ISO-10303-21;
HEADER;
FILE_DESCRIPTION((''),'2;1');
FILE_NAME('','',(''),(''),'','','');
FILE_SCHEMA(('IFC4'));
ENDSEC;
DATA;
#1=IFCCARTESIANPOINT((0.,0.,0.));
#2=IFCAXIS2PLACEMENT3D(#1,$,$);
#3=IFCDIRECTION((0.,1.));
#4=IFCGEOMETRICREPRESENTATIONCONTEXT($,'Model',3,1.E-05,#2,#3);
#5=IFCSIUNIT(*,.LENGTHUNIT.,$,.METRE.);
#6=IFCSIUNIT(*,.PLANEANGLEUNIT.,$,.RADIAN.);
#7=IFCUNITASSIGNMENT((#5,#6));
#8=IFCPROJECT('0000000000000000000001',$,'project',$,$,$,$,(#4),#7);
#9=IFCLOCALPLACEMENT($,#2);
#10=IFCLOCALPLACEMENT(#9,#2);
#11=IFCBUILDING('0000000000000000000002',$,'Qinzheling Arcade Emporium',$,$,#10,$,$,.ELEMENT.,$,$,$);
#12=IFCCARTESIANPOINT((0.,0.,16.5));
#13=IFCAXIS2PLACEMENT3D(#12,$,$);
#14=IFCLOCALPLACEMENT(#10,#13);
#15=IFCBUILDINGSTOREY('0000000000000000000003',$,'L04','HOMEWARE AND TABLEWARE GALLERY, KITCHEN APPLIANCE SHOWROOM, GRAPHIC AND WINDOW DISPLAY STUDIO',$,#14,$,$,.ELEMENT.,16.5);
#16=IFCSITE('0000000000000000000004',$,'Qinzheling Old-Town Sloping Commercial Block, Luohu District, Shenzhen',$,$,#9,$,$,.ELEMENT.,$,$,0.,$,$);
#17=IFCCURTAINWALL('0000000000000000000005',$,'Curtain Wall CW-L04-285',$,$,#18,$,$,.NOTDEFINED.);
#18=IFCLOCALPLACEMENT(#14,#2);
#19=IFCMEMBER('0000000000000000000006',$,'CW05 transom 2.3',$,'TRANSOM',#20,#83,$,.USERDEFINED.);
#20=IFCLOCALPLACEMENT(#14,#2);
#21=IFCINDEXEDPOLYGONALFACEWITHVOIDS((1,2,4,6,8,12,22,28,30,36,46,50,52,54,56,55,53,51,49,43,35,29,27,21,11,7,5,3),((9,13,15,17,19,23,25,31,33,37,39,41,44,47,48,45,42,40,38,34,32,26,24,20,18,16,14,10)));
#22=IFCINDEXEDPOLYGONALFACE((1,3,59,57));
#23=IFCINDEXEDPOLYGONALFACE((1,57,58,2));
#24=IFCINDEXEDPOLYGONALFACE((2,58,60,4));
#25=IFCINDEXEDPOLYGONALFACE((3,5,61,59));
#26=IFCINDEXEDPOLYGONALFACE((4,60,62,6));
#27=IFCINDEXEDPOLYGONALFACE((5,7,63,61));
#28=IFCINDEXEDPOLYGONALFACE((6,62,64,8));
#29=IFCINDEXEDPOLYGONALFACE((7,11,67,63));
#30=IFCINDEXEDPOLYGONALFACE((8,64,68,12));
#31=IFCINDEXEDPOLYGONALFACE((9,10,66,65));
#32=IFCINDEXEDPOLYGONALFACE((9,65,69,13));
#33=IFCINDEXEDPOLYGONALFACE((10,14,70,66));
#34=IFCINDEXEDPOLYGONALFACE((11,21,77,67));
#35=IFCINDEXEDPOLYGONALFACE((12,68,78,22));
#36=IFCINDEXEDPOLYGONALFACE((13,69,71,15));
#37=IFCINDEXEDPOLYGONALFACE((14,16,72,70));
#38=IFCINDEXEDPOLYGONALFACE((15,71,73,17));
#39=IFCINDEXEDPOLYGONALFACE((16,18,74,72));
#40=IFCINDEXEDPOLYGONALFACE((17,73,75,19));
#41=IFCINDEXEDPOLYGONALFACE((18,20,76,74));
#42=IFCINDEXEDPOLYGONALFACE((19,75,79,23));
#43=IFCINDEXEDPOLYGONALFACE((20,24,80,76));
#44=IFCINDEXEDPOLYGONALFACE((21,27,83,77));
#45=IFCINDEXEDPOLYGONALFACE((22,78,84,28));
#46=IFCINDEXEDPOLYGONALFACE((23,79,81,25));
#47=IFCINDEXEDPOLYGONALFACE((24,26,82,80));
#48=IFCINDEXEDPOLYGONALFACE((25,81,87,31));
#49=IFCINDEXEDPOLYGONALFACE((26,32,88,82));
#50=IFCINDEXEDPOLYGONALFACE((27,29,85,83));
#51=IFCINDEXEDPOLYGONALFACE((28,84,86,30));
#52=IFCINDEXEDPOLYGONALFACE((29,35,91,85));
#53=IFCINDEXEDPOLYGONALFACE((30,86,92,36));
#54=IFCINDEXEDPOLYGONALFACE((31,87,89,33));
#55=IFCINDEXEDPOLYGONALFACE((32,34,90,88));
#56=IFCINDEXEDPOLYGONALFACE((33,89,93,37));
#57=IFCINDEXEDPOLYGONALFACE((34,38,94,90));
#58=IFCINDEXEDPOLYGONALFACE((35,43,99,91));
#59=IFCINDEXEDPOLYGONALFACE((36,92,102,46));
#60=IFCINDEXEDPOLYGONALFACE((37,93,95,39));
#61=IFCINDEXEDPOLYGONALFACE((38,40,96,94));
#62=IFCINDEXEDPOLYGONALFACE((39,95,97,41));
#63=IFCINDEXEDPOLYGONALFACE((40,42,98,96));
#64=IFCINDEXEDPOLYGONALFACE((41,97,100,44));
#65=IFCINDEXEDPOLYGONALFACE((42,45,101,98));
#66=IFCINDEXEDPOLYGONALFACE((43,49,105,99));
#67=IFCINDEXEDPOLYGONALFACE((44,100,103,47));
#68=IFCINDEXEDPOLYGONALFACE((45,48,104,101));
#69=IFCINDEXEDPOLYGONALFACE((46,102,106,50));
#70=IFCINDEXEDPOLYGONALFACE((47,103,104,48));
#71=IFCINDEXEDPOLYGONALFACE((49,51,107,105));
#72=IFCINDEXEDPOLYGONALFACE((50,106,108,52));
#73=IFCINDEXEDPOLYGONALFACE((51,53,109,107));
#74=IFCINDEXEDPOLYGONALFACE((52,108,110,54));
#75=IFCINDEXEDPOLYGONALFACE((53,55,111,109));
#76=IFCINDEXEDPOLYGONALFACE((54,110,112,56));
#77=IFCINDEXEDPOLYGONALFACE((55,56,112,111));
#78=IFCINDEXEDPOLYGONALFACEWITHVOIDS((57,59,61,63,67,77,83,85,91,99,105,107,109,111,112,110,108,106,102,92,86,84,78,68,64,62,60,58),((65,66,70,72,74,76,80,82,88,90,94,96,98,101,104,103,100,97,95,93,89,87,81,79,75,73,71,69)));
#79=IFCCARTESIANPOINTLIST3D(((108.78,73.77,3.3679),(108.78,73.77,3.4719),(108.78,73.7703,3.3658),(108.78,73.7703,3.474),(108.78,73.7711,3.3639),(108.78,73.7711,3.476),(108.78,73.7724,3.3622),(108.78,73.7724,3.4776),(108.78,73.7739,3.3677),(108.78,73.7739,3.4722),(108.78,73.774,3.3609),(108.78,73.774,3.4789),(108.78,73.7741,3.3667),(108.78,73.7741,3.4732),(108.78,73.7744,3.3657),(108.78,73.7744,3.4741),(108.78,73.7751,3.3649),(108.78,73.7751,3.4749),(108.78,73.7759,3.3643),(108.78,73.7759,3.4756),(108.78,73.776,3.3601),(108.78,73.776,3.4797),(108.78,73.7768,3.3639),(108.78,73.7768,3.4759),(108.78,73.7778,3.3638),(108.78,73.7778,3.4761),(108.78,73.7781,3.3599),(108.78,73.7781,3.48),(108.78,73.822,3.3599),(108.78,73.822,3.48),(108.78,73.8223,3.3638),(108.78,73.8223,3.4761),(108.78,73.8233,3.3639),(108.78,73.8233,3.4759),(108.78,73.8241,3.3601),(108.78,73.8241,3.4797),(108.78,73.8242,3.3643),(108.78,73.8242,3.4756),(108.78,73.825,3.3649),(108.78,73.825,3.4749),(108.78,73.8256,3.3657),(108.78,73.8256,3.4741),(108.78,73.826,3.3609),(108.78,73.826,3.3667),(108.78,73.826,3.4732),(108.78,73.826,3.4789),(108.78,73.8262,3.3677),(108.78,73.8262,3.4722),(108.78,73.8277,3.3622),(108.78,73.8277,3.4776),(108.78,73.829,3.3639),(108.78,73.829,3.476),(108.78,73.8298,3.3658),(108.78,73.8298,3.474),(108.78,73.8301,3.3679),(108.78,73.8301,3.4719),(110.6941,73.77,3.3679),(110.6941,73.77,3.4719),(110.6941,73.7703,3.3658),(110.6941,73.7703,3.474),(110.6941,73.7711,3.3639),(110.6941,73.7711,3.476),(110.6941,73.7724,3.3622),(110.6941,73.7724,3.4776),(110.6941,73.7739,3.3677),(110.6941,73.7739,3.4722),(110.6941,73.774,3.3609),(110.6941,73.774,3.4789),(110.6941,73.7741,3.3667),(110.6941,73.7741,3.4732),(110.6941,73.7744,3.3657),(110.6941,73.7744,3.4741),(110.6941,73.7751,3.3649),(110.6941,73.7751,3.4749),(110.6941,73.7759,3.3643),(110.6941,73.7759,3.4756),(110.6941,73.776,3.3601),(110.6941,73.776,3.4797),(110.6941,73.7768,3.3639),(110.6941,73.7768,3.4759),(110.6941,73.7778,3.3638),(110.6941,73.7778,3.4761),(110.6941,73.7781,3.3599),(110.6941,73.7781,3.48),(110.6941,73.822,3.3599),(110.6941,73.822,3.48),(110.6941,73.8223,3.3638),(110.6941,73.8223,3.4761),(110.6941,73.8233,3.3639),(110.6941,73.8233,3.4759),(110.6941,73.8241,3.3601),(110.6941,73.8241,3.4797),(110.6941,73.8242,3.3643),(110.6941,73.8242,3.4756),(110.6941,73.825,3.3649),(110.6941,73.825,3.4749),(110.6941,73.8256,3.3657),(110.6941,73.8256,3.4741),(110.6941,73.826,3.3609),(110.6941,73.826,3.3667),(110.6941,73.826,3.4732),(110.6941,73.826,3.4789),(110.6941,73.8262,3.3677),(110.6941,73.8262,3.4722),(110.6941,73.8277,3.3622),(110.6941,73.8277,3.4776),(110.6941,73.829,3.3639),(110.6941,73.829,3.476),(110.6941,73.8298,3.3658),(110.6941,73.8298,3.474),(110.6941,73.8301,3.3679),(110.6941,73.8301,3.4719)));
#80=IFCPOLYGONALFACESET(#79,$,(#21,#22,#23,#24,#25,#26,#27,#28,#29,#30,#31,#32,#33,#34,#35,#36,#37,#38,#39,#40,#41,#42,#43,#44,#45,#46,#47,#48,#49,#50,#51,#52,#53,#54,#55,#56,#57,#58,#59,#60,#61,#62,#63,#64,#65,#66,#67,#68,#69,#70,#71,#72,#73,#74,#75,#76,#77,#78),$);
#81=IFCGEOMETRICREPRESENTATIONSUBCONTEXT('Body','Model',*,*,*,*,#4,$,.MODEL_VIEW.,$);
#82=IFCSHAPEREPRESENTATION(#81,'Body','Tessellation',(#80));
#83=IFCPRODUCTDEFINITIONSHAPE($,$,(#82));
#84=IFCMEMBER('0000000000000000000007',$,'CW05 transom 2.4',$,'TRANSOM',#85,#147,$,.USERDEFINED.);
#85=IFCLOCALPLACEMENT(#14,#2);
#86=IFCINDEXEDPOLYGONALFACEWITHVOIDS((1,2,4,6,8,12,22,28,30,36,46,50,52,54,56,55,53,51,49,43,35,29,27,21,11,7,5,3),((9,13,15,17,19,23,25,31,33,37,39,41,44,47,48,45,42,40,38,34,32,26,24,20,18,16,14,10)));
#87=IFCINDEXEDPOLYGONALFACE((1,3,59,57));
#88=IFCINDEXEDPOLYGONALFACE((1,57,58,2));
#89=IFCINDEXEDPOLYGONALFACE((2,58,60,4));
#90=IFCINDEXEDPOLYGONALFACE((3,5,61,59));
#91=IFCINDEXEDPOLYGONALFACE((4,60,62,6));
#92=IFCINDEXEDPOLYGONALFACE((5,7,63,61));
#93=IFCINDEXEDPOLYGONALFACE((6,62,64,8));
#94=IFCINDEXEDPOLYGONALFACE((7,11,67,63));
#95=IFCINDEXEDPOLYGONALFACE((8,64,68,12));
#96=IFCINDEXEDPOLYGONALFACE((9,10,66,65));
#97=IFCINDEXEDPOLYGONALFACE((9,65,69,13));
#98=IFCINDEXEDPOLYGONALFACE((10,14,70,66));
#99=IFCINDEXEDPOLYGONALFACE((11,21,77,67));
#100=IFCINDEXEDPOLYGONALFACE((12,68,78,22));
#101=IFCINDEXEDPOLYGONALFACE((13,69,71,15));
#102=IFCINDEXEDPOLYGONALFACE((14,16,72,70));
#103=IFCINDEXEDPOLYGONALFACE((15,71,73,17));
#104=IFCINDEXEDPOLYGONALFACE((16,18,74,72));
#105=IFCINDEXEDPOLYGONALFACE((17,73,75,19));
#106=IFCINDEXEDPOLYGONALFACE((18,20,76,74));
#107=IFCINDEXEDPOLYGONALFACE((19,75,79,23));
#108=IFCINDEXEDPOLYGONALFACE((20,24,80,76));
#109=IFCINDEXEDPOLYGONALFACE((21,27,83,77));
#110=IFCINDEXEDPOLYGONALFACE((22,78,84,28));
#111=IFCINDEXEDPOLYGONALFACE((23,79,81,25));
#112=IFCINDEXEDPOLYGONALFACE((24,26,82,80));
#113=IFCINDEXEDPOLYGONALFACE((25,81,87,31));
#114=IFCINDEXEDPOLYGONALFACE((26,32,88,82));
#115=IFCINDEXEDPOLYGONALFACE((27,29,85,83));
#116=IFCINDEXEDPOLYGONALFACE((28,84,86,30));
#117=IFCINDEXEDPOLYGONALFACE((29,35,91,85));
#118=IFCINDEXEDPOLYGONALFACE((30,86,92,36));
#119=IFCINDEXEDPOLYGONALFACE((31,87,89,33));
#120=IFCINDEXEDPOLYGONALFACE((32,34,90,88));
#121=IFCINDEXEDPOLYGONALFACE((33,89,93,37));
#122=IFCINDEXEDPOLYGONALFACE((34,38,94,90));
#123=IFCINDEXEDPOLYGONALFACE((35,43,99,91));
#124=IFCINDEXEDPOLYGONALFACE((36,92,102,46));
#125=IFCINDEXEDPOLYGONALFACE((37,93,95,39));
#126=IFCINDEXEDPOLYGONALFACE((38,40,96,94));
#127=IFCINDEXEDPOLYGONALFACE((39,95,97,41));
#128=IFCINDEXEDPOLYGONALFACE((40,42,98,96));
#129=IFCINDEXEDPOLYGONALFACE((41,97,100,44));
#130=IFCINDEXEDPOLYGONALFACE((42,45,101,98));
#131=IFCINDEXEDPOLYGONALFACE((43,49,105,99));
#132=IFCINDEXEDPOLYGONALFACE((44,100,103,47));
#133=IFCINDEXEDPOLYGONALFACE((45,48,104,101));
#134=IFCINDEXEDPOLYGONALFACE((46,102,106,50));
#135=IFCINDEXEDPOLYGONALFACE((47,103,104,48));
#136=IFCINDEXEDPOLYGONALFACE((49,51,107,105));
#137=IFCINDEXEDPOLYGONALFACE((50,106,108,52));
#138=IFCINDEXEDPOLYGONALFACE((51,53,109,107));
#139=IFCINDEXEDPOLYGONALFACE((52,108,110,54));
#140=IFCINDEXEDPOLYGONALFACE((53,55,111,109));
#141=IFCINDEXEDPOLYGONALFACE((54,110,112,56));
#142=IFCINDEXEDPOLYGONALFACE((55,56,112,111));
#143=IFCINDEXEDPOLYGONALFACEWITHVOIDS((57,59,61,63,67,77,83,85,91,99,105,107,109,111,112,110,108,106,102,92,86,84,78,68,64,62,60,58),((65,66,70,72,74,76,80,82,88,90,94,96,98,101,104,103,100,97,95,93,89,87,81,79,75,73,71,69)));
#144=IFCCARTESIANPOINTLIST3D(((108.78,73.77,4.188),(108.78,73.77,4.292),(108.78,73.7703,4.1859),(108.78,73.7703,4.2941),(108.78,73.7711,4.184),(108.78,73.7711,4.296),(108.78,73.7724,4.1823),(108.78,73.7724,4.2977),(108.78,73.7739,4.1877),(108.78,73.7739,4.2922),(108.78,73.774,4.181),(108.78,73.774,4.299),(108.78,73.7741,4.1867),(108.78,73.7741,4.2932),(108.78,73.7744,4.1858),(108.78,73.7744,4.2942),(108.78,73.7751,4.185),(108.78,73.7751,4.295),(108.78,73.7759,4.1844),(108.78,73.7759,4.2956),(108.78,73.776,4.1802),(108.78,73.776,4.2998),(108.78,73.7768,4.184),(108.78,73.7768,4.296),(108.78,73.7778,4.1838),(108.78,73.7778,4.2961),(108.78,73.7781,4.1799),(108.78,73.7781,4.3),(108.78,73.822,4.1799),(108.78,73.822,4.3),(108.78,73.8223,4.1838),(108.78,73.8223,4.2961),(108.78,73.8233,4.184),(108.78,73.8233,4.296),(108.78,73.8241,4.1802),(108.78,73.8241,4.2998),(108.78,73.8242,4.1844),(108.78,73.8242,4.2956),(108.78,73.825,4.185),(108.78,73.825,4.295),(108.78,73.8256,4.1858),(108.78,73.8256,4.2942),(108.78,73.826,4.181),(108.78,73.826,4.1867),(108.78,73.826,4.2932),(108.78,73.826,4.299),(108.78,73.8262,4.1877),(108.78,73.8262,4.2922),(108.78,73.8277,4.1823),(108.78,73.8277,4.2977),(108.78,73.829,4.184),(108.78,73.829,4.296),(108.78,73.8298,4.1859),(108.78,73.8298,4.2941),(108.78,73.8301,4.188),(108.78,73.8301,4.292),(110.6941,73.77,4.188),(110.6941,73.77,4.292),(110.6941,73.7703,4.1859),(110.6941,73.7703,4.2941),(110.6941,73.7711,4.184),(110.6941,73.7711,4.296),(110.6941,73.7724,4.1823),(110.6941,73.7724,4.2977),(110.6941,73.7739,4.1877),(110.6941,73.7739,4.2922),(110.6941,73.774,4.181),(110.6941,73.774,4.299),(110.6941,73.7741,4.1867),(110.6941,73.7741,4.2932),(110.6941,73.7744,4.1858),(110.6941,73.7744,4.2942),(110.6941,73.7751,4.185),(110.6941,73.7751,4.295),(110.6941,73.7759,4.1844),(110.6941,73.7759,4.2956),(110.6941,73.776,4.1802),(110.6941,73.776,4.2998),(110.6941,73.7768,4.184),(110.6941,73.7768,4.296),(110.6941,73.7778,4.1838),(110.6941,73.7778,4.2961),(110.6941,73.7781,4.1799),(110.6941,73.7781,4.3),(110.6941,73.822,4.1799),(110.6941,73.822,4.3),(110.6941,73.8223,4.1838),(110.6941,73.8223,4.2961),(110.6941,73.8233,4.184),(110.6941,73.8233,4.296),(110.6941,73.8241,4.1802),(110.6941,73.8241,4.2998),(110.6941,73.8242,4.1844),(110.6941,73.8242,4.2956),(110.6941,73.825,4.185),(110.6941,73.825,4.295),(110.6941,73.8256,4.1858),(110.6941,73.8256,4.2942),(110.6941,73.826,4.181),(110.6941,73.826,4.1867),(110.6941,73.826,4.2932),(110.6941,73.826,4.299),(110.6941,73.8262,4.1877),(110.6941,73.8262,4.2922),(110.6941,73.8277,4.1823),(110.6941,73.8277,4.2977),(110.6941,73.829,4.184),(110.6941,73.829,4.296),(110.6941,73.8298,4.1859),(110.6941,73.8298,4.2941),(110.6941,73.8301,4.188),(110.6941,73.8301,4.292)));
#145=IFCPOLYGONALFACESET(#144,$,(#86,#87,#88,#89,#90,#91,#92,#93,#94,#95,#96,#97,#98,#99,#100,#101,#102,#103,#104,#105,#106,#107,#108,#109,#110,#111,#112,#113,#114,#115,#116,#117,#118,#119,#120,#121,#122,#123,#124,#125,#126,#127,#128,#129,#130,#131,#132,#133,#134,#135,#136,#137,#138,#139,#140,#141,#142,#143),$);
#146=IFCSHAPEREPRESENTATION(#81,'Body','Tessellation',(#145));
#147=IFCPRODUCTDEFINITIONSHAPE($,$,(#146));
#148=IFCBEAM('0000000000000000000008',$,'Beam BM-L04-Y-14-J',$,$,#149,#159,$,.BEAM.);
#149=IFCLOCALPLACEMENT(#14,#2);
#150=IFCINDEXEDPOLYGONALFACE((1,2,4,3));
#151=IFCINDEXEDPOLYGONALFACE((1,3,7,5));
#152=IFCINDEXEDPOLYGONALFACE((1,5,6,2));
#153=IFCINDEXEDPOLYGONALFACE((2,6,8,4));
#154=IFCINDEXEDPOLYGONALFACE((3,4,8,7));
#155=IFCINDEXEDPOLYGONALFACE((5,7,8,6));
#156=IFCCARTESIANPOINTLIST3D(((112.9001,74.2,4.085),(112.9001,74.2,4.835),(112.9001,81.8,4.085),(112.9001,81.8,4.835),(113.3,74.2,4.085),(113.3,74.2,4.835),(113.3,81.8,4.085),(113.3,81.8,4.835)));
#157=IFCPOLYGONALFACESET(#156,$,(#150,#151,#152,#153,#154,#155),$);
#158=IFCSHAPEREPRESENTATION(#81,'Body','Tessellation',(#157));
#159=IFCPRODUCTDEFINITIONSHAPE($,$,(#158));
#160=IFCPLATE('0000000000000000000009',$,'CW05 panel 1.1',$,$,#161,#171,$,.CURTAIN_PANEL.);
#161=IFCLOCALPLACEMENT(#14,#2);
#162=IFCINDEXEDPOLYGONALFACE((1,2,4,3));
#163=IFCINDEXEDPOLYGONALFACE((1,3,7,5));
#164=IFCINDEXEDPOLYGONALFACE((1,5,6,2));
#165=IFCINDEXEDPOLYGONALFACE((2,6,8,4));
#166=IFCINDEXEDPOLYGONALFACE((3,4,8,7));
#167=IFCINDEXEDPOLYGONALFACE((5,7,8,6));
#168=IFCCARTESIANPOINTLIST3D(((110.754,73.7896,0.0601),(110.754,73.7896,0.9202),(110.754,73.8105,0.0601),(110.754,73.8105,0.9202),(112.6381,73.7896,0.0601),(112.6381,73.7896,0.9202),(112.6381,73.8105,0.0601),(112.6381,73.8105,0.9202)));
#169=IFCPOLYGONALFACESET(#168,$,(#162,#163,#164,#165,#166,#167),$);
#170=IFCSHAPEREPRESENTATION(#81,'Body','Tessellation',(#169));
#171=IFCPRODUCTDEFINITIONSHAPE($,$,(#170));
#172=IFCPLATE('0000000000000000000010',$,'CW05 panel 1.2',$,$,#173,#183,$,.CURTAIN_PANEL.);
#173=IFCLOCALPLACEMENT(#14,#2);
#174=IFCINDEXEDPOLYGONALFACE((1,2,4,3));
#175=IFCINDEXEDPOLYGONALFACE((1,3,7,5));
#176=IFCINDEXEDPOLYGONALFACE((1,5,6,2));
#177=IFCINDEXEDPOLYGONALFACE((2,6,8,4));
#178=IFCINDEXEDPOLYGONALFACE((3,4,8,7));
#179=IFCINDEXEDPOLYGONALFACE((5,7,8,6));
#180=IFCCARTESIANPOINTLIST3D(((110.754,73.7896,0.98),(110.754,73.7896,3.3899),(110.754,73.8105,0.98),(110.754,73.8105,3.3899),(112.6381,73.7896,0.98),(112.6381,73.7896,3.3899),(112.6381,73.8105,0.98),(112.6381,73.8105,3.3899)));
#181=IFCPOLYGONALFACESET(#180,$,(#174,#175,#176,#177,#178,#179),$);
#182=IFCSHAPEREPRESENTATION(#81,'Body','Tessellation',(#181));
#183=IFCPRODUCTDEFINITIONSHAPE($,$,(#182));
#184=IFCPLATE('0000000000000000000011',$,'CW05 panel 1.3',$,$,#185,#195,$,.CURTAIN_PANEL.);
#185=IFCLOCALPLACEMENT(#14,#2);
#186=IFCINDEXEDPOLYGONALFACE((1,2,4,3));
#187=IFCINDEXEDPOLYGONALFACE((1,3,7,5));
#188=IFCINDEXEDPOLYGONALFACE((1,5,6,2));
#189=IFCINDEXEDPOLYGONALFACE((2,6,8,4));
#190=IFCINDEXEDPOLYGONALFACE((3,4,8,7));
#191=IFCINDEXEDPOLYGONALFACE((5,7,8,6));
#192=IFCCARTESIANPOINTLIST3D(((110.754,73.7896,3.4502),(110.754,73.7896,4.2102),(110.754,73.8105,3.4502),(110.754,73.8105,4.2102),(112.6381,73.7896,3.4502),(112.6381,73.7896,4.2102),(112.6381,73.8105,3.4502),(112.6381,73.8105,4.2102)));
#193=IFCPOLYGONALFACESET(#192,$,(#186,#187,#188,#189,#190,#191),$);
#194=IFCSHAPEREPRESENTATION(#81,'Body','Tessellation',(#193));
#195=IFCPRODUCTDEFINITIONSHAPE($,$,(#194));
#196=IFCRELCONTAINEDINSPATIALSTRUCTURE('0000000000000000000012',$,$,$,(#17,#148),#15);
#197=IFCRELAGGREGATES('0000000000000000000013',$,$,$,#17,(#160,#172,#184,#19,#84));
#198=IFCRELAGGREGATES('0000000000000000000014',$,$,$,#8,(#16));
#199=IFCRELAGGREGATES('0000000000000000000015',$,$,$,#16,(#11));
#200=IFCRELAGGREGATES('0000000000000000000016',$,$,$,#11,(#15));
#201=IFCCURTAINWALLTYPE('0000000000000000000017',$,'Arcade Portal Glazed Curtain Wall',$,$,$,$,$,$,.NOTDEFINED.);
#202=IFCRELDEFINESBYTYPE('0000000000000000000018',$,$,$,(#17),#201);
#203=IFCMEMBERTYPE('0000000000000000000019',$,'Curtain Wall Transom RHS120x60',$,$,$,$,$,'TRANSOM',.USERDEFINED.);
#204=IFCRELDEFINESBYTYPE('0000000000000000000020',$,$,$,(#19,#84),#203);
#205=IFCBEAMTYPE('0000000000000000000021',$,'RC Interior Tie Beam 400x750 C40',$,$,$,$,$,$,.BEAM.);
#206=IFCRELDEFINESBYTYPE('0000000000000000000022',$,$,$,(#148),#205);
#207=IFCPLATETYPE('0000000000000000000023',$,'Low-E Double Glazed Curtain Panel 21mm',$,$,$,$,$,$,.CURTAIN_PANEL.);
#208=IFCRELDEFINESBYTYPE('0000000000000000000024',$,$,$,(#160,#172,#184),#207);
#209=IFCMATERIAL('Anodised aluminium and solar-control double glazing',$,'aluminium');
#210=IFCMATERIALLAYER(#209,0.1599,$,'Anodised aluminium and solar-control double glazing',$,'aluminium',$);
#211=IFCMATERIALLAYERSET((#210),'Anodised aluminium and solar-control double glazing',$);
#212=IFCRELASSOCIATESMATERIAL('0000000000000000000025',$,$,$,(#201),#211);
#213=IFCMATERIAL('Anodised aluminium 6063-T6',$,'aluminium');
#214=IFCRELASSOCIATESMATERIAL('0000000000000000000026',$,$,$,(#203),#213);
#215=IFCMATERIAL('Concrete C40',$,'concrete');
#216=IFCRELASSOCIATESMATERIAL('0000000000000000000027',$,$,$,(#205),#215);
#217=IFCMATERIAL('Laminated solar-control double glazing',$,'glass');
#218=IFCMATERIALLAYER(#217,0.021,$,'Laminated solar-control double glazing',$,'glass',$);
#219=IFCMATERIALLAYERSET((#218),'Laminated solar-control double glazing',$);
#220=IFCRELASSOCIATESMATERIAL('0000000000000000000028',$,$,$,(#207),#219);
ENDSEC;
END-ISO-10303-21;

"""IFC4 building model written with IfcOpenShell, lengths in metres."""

from ifc_helpers import new_model, si_unit, direction, frame, origin, origin_2d, place, context, subcontext, project, spatial, rectangle, hollow_rectangle, extrude, material, layer, layer_set, material_profile, profile_set, type_object, element, aggregate, save


model = new_model("IFC4")

# Units and contexts
model_context = context("Model", 3, precision=1e-05, world=origin(), true_north=direction((0.0, 1.0)))
body_context = subcontext(model_context, "Body", "Model", "MODEL_VIEW")
ifc_project = project(units=[si_unit("LENGTHUNIT", "METRE"), si_unit("PLANEANGLEUNIT", "RADIAN")], contexts=[model_context])

# Site, building, storey
site_placement = place(None, origin())
site = spatial("IfcSite", under=ifc_project, at=site_placement, Name="Qinzheling Old-Town Sloping Commercial Block, Luohu District, Shenzhen", CompositionType="ELEMENT", RefElevation=0.0)
building_placement = place(site_placement, origin())
building = spatial("IfcBuilding", under=site, at=building_placement, Name="Qinzheling Arcade Emporium", CompositionType="ELEMENT")
storey_placement = place(building_placement, frame((0.0, 0.0, 16.5)))
storey = spatial("IfcBuildingStorey", under=building, at=storey_placement, Name="L04", Description="HOMEWARE AND TABLEWARE GALLERY, KITCHEN APPLIANCE SHOWROOM, GRAPHIC AND WINDOW DISPLAY STUDIO", CompositionType="ELEMENT", Elevation=16.5)

# Shared definitions
ifc_material_1 = material(Name="Concrete C40", Category="concrete")

# Curtain wall, members
ifc_material_2 = material(Name="Anodised aluminium and solar-control double glazing", Category="aluminium")
ifc_layer_1 = layer(ifc_material_2, 0.1599, Name="Anodised aluminium and solar-control double glazing", Category="aluminium")
ifc_layer_set_1 = layer_set([ifc_layer_1], Name="Anodised aluminium and solar-control double glazing")
curtain_wall_type = type_object("IfcCurtainWallType", Name="Arcade Portal Glazed Curtain Wall", PredefinedType="NOTDEFINED", material=ifc_layer_set_1)
curtain_wall_placement = place(storey_placement, origin())
curtain_wall = element("IfcCurtainWall", 1, at=curtain_wall_placement, inside=storey, type_object=curtain_wall_type, Name="Curtain Wall CW-L04-285", PredefinedType="NOTDEFINED")
ifc_material_3 = material(Name="Anodised aluminium 6063-T6", Category="aluminium")
ifc_material_profile_1 = material_profile(ifc_material_3, hollow_rectangle(XDim=0.0601, YDim=0.1201, WallThickness=0.0039, InnerFilletRadius=0.0039, OuterFilletRadius=0.0081, at=origin_2d()), Name="RHS 120x60x4", Category="aluminium")
ifc_profile_set_1 = profile_set([ifc_material_profile_1], Name="Anodised aluminium 6063-T6")
member_type_1 = type_object("IfcMemberType", Name="Curtain Wall Transom RHS120x60", ElementType="TRANSOM", PredefinedType="USERDEFINED", material=ifc_profile_set_1)
member_1_placement = place(storey_placement, frame((110.6941, 73.8, 3.4199), z_axis=(-1.0, 0.0, 0.0), x_axis=(0.0, -1.0, 0.0)))
member_1 = element("IfcMember", 2, at=member_1_placement, type_object=member_type_1, Name="CW05 transom 2.3", ObjectType="TRANSOM", PredefinedType="USERDEFINED", context=body_context, shape_type="SweptSolid", body=[
    extrude(hollow_rectangle(XDim=0.0601, YDim=0.1201, WallThickness=0.0039, InnerFilletRadius=0.0039, OuterFilletRadius=0.0081, at=origin_2d()), origin(), (0.0, 0.0, 1.0), 1.9141),
])
member_2_placement = place(storey_placement, frame((110.6941, 73.8, 4.24), z_axis=(-1.0, 0.0, 0.0), x_axis=(0.0, -1.0, 0.0)))
member_2 = element("IfcMember", 3, at=member_2_placement, type_object=member_type_1, Name="CW05 transom 2.4", ObjectType="TRANSOM", PredefinedType="USERDEFINED", context=body_context, shape_type="SweptSolid", body=[
    extrude(hollow_rectangle(XDim=0.0601, YDim=0.1201, WallThickness=0.0039, InnerFilletRadius=0.0039, OuterFilletRadius=0.0081, at=origin_2d()), origin(), (0.0, 0.0, 1.0), 1.9141),
])

# Beam
ifc_material_profile_2 = material_profile(ifc_material_1, rectangle(XDim=0.3999, YDim=0.75, at=origin_2d()), Name="RC 400x750", Category="concrete")
ifc_profile_set_2 = profile_set([ifc_material_profile_2], Name="Concrete C40")
beam_type = type_object("IfcBeamType", Name="RC Interior Tie Beam 400x750 C40", PredefinedType="BEAM", material=ifc_profile_set_2)
beam_placement = place(storey_placement, frame((113.1001, 74.2, 4.46), z_axis=(0.0, 1.0, 0.0), x_axis=(-1.0, 0.0, 0.0)))
element("IfcBeam", 4, at=beam_placement, inside=storey, type_object=beam_type, Name="Beam BM-L04-Y-14-J", PredefinedType="BEAM", context=body_context, shape_type="SweptSolid", body=[
    extrude(rectangle(XDim=0.3999, YDim=0.75, at=origin_2d()), origin(), (0.0, 0.0, 1.0), 7.6001),
])

# Plates
ifc_material_4 = material(Name="Laminated solar-control double glazing", Category="glass")
ifc_layer_2 = layer(ifc_material_4, 0.021, Name="Laminated solar-control double glazing", Category="glass")
ifc_layer_set_2 = layer_set([ifc_layer_2], Name="Laminated solar-control double glazing")
plate_type = type_object("IfcPlateType", Name="Low-E Double Glazed Curtain Panel 21mm", PredefinedType="CURTAIN_PANEL", material=ifc_layer_set_2)
plate_1_placement = place(storey_placement, frame((111.696, 73.8, 0.0601), z_axis=(0.0, 0.0, 1.0), x_axis=(-1.0, 0.0, 0.0)))
plate_1 = element("IfcPlate", 5, at=plate_1_placement, type_object=plate_type, Name="CW05 panel 1.1", PredefinedType="CURTAIN_PANEL", context=body_context, shape_type="SweptSolid", body=[
    extrude(rectangle(XDim=1.884, YDim=0.021, at=origin_2d()), origin(), (0.0, 0.0, 1.0), 0.8601),
])
plate_2_placement = place(storey_placement, frame((111.696, 73.8, 0.98), z_axis=(0.0, 0.0, 1.0), x_axis=(-1.0, 0.0, 0.0)))
plate_2 = element("IfcPlate", 6, at=plate_2_placement, type_object=plate_type, Name="CW05 panel 1.2", PredefinedType="CURTAIN_PANEL", context=body_context, shape_type="SweptSolid", body=[
    extrude(rectangle(XDim=1.884, YDim=0.021, at=origin_2d()), origin(), (0.0, 0.0, 1.0), 2.4099),
])
plate_3_placement = place(storey_placement, frame((111.696, 73.8, 3.4502), z_axis=(0.0, 0.0, 1.0), x_axis=(-1.0, 0.0, 0.0)))
plate_3 = element("IfcPlate", 7, at=plate_3_placement, type_object=plate_type, Name="CW05 panel 1.3", PredefinedType="CURTAIN_PANEL", context=body_context, shape_type="SweptSolid", body=[
    extrude(rectangle(XDim=1.884, YDim=0.021, at=origin_2d()), origin(), (0.0, 0.0, 1.0), 0.76),
])
aggregate(curtain_wall, [plate_1, plate_2, plate_3, member_1, member_2])

save(model, "model.ifc")
